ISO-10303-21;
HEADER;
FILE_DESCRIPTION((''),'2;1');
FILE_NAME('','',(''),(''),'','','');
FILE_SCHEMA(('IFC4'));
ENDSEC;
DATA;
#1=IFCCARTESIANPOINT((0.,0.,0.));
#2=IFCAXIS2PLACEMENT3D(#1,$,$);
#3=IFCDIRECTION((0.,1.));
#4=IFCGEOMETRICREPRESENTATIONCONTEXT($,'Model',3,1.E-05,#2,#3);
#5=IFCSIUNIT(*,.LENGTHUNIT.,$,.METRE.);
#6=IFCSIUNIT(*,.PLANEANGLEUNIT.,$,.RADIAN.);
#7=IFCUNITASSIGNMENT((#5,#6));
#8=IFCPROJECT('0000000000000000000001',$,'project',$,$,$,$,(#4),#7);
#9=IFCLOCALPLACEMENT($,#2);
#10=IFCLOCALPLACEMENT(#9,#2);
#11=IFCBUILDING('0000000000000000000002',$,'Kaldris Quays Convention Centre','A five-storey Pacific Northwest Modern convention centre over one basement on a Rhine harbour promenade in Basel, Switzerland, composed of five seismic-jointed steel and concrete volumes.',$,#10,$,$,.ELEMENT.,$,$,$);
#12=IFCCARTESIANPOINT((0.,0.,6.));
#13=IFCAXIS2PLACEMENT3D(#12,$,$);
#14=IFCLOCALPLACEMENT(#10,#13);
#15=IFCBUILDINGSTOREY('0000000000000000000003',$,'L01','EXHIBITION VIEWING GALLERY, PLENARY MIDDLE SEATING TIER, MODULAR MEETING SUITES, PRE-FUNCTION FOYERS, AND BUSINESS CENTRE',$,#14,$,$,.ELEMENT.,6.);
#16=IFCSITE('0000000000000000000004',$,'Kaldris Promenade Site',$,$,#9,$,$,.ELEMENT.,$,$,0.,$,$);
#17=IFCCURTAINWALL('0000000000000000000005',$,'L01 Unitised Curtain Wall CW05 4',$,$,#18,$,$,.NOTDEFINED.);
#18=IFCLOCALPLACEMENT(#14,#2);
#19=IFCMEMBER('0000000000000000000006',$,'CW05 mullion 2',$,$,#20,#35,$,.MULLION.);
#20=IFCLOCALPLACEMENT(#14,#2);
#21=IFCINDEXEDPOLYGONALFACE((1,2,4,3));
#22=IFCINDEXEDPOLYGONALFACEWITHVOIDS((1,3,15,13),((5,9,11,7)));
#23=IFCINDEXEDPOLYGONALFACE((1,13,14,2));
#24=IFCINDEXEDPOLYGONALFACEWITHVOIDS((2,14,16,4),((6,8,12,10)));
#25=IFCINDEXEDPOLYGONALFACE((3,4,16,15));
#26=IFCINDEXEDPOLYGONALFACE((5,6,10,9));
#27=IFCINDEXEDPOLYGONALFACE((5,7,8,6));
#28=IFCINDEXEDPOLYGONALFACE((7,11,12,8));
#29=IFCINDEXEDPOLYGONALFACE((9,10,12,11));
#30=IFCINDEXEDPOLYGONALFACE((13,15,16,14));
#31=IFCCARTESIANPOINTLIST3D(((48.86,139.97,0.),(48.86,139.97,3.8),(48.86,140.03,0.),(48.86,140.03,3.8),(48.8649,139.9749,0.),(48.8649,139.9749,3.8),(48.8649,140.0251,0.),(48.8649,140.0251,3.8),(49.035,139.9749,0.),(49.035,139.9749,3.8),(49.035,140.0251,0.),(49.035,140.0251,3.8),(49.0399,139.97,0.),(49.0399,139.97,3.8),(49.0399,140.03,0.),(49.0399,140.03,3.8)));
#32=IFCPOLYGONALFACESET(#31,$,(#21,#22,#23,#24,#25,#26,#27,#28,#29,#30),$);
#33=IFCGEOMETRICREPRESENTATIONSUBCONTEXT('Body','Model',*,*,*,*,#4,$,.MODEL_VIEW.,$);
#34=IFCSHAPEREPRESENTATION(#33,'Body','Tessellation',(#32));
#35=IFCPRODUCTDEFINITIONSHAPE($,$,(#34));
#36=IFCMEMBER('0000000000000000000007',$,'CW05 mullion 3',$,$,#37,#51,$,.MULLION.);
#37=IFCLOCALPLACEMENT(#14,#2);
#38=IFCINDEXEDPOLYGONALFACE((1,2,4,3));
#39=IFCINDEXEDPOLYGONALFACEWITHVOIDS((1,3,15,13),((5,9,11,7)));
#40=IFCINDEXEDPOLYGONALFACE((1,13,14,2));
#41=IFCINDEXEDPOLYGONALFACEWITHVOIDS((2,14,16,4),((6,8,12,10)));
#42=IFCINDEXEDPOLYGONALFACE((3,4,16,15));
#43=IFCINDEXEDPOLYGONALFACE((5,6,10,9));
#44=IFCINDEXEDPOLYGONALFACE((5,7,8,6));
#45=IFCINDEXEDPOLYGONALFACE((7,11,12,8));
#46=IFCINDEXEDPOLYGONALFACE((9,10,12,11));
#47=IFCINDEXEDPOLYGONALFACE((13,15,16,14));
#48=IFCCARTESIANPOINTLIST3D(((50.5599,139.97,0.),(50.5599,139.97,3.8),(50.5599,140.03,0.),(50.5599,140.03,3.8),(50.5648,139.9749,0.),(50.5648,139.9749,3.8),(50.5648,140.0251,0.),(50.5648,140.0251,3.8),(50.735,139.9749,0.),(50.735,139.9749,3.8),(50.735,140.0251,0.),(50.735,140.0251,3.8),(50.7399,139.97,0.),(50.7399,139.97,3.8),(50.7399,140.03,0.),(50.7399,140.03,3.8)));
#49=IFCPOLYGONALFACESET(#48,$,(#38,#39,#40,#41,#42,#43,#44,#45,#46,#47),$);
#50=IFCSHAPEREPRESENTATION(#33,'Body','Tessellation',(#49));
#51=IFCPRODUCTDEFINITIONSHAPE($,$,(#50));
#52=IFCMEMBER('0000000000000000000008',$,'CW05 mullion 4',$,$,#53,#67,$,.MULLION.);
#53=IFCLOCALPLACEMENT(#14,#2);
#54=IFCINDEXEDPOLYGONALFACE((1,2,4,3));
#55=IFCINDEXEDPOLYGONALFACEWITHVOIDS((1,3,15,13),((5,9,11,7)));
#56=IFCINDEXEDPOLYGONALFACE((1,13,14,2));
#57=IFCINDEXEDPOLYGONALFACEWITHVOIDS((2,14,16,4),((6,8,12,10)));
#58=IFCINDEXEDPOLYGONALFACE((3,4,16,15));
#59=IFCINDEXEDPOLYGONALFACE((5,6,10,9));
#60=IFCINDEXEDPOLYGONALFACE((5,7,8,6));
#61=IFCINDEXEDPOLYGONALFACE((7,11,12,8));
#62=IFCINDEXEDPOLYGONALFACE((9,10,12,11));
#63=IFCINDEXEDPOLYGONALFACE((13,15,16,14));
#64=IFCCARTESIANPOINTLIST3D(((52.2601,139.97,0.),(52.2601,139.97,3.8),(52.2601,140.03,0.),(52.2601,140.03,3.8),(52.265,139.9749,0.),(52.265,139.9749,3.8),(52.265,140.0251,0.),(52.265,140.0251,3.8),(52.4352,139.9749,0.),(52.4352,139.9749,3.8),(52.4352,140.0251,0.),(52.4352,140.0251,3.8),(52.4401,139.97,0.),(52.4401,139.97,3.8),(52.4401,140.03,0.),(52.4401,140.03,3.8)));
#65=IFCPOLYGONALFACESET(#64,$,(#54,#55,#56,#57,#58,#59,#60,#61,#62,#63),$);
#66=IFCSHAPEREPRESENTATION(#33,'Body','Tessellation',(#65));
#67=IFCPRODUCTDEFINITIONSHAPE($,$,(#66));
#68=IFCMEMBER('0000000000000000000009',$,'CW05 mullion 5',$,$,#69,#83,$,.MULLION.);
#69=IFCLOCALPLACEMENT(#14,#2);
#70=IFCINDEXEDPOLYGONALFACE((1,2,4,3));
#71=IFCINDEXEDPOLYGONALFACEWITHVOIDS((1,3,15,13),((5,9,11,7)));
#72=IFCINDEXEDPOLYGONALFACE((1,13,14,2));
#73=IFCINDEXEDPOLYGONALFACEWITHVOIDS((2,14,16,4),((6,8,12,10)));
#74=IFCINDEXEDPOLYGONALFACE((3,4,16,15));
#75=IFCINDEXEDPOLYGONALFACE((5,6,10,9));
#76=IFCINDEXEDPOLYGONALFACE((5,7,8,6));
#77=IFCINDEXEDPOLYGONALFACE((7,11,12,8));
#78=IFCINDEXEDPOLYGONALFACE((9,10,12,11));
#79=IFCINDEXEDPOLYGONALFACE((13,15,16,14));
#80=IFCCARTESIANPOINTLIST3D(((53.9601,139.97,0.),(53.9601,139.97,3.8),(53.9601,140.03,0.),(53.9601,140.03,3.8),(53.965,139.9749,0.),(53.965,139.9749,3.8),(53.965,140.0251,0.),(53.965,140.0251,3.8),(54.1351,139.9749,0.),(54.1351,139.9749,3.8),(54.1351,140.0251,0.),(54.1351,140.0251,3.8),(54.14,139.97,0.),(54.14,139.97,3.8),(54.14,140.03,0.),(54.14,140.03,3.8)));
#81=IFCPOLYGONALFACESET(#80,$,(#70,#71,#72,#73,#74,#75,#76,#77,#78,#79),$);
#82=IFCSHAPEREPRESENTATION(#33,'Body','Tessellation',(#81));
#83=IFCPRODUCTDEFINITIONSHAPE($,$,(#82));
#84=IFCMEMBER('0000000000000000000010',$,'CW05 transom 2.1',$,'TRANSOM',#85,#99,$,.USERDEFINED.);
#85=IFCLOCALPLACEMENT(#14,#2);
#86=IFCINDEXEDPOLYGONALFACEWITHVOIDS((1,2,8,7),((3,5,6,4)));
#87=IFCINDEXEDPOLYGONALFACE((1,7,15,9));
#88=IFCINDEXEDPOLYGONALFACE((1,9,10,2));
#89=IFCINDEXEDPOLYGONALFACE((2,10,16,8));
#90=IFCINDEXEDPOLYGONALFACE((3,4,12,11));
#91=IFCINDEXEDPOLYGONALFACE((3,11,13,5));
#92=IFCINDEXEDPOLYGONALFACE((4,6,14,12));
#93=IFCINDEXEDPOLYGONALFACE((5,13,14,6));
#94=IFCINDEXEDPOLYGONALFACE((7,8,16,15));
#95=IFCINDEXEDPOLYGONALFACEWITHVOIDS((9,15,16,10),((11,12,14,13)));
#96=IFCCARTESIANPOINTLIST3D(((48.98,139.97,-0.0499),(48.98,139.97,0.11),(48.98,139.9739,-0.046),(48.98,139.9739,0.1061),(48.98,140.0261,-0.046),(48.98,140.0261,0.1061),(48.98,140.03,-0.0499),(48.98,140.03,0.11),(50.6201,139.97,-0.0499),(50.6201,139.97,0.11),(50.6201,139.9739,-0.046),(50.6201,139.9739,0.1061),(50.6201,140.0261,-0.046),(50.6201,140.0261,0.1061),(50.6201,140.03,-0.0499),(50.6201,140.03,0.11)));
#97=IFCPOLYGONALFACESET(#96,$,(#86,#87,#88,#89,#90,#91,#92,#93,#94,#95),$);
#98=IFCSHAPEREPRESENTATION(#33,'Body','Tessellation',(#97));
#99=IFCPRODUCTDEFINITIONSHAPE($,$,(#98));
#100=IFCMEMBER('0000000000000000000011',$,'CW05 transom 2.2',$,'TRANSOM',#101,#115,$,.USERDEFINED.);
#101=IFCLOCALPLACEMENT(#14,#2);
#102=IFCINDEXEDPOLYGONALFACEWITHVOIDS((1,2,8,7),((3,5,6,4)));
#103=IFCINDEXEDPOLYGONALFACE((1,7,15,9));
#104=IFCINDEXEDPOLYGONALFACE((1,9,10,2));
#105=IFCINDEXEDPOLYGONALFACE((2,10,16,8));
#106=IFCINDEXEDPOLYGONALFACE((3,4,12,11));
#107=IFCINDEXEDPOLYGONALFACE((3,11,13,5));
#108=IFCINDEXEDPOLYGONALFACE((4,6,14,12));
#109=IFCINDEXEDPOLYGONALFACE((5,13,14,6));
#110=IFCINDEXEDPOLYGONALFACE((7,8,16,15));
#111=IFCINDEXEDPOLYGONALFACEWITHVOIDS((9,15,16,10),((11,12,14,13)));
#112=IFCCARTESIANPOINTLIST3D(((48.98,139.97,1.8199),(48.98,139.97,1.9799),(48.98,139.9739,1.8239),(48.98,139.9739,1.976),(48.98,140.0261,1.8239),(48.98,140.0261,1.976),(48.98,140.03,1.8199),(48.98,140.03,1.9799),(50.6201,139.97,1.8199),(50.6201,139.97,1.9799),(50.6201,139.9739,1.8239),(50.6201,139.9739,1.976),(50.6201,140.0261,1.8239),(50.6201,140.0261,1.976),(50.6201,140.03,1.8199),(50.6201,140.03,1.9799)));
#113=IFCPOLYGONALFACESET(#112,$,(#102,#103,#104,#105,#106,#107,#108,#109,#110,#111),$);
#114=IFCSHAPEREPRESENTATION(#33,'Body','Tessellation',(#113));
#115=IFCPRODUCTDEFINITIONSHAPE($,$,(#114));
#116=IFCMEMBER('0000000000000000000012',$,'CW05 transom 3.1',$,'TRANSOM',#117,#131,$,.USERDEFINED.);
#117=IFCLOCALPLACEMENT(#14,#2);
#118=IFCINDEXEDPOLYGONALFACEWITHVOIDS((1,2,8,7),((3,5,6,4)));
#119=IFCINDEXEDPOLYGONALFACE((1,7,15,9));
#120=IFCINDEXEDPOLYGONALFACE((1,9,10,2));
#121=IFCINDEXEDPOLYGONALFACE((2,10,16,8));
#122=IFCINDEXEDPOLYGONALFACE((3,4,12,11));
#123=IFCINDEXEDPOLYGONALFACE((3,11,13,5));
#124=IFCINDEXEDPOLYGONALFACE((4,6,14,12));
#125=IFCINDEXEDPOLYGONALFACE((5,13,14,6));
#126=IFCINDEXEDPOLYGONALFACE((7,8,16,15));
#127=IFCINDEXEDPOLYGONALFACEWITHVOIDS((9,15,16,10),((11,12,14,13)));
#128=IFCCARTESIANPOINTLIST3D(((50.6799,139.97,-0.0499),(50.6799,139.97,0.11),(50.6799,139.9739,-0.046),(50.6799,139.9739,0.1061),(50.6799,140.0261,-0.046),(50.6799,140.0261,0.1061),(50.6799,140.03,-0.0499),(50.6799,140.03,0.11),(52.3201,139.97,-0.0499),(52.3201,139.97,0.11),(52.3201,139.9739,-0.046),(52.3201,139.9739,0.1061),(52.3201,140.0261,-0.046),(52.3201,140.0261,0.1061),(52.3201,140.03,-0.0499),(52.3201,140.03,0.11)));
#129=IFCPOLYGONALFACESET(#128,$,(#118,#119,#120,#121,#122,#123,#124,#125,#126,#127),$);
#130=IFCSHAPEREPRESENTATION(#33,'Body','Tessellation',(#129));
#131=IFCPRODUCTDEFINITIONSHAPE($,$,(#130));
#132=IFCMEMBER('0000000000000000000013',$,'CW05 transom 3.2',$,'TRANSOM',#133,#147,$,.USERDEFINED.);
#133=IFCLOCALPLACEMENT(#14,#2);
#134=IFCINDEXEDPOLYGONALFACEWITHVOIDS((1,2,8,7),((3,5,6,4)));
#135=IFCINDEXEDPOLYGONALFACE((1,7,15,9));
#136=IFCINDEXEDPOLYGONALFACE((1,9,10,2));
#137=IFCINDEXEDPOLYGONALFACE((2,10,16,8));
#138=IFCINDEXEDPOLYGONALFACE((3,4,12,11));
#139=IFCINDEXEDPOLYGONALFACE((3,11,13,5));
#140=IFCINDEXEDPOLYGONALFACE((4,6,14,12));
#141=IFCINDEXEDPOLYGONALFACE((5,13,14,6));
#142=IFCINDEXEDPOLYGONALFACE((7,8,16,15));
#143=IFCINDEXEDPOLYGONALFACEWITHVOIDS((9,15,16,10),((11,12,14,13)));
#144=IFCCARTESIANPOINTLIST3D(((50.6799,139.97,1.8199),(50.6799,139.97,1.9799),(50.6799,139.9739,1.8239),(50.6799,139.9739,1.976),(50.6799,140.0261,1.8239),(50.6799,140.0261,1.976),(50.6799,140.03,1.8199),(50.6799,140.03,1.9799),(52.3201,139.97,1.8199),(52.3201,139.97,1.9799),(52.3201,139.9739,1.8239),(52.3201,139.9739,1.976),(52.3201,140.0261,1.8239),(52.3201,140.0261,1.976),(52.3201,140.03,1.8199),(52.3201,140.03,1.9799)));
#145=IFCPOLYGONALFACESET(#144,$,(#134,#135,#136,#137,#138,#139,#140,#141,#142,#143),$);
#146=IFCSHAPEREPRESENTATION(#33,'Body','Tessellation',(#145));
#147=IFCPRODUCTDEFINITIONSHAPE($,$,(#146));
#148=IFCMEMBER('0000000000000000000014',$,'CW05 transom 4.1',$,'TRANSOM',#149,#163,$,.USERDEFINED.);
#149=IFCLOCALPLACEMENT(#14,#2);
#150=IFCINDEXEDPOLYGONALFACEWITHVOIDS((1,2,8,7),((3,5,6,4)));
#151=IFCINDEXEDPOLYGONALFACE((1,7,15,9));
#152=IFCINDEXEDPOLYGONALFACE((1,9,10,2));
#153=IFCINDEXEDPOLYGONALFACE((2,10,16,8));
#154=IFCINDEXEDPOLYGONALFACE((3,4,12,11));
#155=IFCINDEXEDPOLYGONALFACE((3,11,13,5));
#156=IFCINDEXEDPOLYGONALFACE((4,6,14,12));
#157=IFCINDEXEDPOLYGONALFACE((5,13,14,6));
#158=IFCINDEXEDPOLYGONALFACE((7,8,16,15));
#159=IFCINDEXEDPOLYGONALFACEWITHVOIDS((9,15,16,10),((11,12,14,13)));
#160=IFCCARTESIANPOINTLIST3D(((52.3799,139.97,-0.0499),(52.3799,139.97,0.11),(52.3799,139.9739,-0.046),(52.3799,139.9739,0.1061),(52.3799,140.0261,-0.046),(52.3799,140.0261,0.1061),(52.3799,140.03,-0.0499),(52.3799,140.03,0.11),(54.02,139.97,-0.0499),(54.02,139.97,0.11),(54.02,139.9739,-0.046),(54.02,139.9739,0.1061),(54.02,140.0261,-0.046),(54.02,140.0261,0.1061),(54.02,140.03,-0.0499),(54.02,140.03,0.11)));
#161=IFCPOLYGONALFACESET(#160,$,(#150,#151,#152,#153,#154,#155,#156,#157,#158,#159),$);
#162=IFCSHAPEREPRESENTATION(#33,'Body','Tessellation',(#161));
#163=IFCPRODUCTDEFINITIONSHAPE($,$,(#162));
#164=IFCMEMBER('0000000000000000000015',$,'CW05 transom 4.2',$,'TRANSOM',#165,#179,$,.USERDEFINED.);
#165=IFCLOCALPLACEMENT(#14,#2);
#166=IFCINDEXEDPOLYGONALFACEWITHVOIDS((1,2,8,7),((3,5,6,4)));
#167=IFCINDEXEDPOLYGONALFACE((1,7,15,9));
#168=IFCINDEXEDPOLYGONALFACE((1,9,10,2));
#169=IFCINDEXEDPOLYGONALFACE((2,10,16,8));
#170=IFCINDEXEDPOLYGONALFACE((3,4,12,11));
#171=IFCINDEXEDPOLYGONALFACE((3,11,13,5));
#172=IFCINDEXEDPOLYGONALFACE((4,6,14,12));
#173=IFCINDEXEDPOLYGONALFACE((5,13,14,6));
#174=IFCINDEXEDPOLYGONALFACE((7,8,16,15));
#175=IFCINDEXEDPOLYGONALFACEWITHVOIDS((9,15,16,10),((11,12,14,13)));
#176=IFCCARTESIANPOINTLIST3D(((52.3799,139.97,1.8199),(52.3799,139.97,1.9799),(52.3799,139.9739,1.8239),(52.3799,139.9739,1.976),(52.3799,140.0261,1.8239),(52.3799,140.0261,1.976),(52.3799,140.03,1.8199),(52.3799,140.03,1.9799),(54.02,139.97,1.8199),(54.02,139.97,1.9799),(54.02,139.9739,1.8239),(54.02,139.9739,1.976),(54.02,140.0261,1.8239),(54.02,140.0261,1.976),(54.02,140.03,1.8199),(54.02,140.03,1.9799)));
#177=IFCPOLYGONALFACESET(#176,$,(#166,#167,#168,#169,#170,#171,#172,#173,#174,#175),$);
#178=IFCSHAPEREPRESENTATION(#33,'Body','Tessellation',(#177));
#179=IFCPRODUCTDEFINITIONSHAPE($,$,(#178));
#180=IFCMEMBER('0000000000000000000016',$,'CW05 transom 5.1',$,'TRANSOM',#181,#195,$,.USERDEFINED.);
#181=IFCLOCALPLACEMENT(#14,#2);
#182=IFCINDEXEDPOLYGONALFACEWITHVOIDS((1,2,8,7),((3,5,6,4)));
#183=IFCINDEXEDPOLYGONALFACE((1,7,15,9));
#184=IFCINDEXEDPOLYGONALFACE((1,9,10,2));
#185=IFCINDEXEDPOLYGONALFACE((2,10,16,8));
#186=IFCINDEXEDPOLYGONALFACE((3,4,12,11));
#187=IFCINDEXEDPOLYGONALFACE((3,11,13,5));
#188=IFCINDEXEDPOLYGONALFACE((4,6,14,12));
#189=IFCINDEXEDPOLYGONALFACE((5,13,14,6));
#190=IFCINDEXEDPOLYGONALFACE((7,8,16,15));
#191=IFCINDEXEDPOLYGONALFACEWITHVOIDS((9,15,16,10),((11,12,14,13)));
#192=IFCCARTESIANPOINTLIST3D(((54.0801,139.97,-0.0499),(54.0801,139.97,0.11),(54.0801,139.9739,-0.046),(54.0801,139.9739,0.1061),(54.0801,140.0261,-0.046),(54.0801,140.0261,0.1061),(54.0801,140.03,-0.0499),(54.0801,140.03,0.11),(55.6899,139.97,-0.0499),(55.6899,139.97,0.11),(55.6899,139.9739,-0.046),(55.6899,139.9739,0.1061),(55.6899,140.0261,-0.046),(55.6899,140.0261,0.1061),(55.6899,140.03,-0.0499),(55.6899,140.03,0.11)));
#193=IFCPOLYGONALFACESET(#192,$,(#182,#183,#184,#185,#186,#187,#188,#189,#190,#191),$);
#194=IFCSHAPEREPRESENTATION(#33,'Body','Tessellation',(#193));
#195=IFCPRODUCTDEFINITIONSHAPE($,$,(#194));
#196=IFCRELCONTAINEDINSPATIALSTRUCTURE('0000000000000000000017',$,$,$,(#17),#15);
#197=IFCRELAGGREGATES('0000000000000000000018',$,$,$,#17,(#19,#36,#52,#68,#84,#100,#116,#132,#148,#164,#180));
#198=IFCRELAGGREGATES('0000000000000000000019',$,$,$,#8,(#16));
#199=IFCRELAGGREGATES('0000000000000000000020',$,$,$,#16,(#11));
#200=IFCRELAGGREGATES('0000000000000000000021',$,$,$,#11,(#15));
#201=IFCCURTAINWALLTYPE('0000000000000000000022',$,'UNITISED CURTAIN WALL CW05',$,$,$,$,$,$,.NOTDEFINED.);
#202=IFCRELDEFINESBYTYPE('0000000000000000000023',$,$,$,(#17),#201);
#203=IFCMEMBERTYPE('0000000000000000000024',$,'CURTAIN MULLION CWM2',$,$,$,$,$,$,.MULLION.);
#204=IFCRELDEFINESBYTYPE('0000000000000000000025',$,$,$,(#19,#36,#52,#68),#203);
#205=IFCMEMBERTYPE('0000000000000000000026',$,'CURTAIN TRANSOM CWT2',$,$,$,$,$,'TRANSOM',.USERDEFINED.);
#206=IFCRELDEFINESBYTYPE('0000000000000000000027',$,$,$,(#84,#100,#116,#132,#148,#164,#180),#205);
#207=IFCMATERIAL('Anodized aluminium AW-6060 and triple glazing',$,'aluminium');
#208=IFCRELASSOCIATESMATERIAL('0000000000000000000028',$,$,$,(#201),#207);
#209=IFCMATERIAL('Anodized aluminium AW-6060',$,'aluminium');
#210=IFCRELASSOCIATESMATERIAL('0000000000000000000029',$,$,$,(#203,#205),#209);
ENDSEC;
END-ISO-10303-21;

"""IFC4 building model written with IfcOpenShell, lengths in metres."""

from ifc_helpers import new_model, si_unit, direction, frame, origin, origin_2d, place, context, subcontext, project, spatial, hollow_rectangle, extrude, material, material_profile, profile_set, type_object, element, aggregate, save


model = new_model("IFC4")

# Units and contexts
model_context = context("Model", 3, precision=1e-05, world=origin(), true_north=direction((0.0, 1.0)))
body_context = subcontext(model_context, "Body", "Model", "MODEL_VIEW")
ifc_project = project(units=[si_unit("LENGTHUNIT", "METRE"), si_unit("PLANEANGLEUNIT", "RADIAN")], contexts=[model_context])

# Site, building, storey
site_placement = place(None, origin())
site = spatial("IfcSite", under=ifc_project, at=site_placement, Name="Kaldris Promenade Site", CompositionType="ELEMENT", RefElevation=0.0)
building_placement = place(site_placement, origin())
building = spatial("IfcBuilding", under=site, at=building_placement, Name="Kaldris Quays Convention Centre", Description="A five-storey Pacific Northwest Modern convention centre over one basement on a Rhine harbour promenade in Basel, Switzerland, composed of five seismic-jointed steel and concrete volumes.", CompositionType="ELEMENT")
storey_placement = place(building_placement, frame((0.0, 0.0, 6.0)))
storey = spatial("IfcBuildingStorey", under=building, at=storey_placement, Name="L01", Description="EXHIBITION VIEWING GALLERY, PLENARY MIDDLE SEATING TIER, MODULAR MEETING SUITES, PRE-FUNCTION FOYERS, AND BUSINESS CENTRE", CompositionType="ELEMENT", Elevation=6.0)

# Curtain wall, members
ifc_material_1 = material(Name="Anodized aluminium AW-6060 and triple glazing", Category="aluminium")
curtain_wall_type = type_object("IfcCurtainWallType", Name="UNITISED CURTAIN WALL CW05", PredefinedType="NOTDEFINED", material=ifc_material_1)
curtain_wall_placement = place(storey_placement, origin())
curtain_wall = element("IfcCurtainWall", 1, at=curtain_wall_placement, inside=storey, type_object=curtain_wall_type, Name="L01 Unitised Curtain Wall CW05 4", PredefinedType="NOTDEFINED")
ifc_material_2 = material(Name="Anodized aluminium AW-6060", Category="aluminium")
ifc_material_profile_1 = material_profile(ifc_material_2, hollow_rectangle(XDim=0.0601, YDim=0.1799, WallThickness=0.0049, at=origin_2d()), Name="RHS 180x60x5")
ifc_profile_set_1 = profile_set([ifc_material_profile_1], Name="Anodized aluminium AW-6060")
member_type_1 = type_object("IfcMemberType", Name="CURTAIN MULLION CWM2", PredefinedType="MULLION", material=ifc_profile_set_1)
member_1_placement = place(storey_placement, frame((48.95, 140.0, 0.0), z_axis=(0.0, 0.0, 1.0), x_axis=(0.0, 1.0, 0.0)))
member_1 = element("IfcMember", 2, at=member_1_placement, type_object=member_type_1, Name="CW05 mullion 2", PredefinedType="MULLION", context=body_context, shape_type="SweptSolid", body=[
    extrude(hollow_rectangle(XDim=0.0601, YDim=0.1799, WallThickness=0.0049, at=origin_2d()), origin(), (0.0, 0.0, 1.0), 3.8),
])
member_2_placement = place(storey_placement, frame((50.6499, 140.0, 0.0), z_axis=(0.0, 0.0, 1.0), x_axis=(0.0, 1.0, 0.0)))
member_2 = element("IfcMember", 3, at=member_2_placement, type_object=member_type_1, Name="CW05 mullion 3", PredefinedType="MULLION", context=body_context, shape_type="SweptSolid", body=[
    extrude(hollow_rectangle(XDim=0.0601, YDim=0.1799, WallThickness=0.0049, at=origin_2d()), origin(), (0.0, 0.0, 1.0), 3.8),
])
member_3_placement = place(storey_placement, frame((52.3501, 140.0, 0.0), z_axis=(0.0, 0.0, 1.0), x_axis=(0.0, 1.0, 0.0)))
member_3 = element("IfcMember", 4, at=member_3_placement, type_object=member_type_1, Name="CW05 mullion 4", PredefinedType="MULLION", context=body_context, shape_type="SweptSolid", body=[
    extrude(hollow_rectangle(XDim=0.0601, YDim=0.1799, WallThickness=0.0049, at=origin_2d()), origin(), (0.0, 0.0, 1.0), 3.8),
])
member_4_placement = place(storey_placement, frame((54.05, 140.0, 0.0), z_axis=(0.0, 0.0, 1.0), x_axis=(0.0, 1.0, 0.0)))
member_4 = element("IfcMember", 5, at=member_4_placement, type_object=member_type_1, Name="CW05 mullion 5", PredefinedType="MULLION", context=body_context, shape_type="SweptSolid", body=[
    extrude(hollow_rectangle(XDim=0.0601, YDim=0.1799, WallThickness=0.0049, at=origin_2d()), origin(), (0.0, 0.0, 1.0), 3.8),
])
ifc_material_profile_2 = material_profile(ifc_material_2, hollow_rectangle(XDim=0.0601, YDim=0.1599, WallThickness=0.0039, at=origin_2d()), Name="RHS 160x60x4")
ifc_profile_set_2 = profile_set([ifc_material_profile_2], Name="Anodized aluminium AW-6060")
member_type_2 = type_object("IfcMemberType", Name="CURTAIN TRANSOM CWT2", ElementType="TRANSOM", PredefinedType="USERDEFINED", material=ifc_profile_set_2)
member_5_placement = place(storey_placement, frame((48.98, 140.0, 0.03), z_axis=(1.0, 0.0, 0.0), x_axis=(0.0, 1.0, 0.0)))
member_5 = element("IfcMember", 6, at=member_5_placement, type_object=member_type_2, Name="CW05 transom 2.1", ObjectType="TRANSOM", PredefinedType="USERDEFINED", context=body_context, shape_type="SweptSolid", body=[
    extrude(hollow_rectangle(XDim=0.0601, YDim=0.1599, WallThickness=0.0039, at=origin_2d()), origin(), (0.0, 0.0, 1.0), 1.6401),
])
member_6_placement = place(storey_placement, frame((48.98, 140.0, 1.8999), z_axis=(1.0, 0.0, 0.0), x_axis=(0.0, 1.0, 0.0)))
member_6 = element("IfcMember", 7, at=member_6_placement, type_object=member_type_2, Name="CW05 transom 2.2", ObjectType="TRANSOM", PredefinedType="USERDEFINED", context=body_context, shape_type="SweptSolid", body=[
    extrude(hollow_rectangle(XDim=0.0601, YDim=0.1599, WallThickness=0.0039, at=origin_2d()), origin(), (0.0, 0.0, 1.0), 1.6401),
])
member_7_placement = place(storey_placement, frame((50.6799, 140.0, 0.03), z_axis=(1.0, 0.0, 0.0), x_axis=(0.0, 1.0, 0.0)))
member_7 = element("IfcMember", 8, at=member_7_placement, type_object=member_type_2, Name="CW05 transom 3.1", ObjectType="TRANSOM", PredefinedType="USERDEFINED", context=body_context, shape_type="SweptSolid", body=[
    extrude(hollow_rectangle(XDim=0.0601, YDim=0.1599, WallThickness=0.0039, at=origin_2d()), origin(), (0.0, 0.0, 1.0), 1.6401),
])
member_8_placement = place(storey_placement, frame((50.6799, 140.0, 1.8999), z_axis=(1.0, 0.0, 0.0), x_axis=(0.0, 1.0, 0.0)))
member_8 = element("IfcMember", 9, at=member_8_placement, type_object=member_type_2, Name="CW05 transom 3.2", ObjectType="TRANSOM", PredefinedType="USERDEFINED", context=body_context, shape_type="SweptSolid", body=[
    extrude(hollow_rectangle(XDim=0.0601, YDim=0.1599, WallThickness=0.0039, at=origin_2d()), origin(), (0.0, 0.0, 1.0), 1.6401),
])
member_9_placement = place(storey_placement, frame((52.3799, 140.0, 0.03), z_axis=(1.0, 0.0, 0.0), x_axis=(0.0, 1.0, 0.0)))
member_9 = element("IfcMember", 10, at=member_9_placement, type_object=member_type_2, Name="CW05 transom 4.1", ObjectType="TRANSOM", PredefinedType="USERDEFINED", context=body_context, shape_type="SweptSolid", body=[
    extrude(hollow_rectangle(XDim=0.0601, YDim=0.1599, WallThickness=0.0039, at=origin_2d()), origin(), (0.0, 0.0, 1.0), 1.6401),
])
member_10_placement = place(storey_placement, frame((52.3799, 140.0, 1.8999), z_axis=(1.0, 0.0, 0.0), x_axis=(0.0, 1.0, 0.0)))
member_10 = element("IfcMember", 11, at=member_10_placement, type_object=member_type_2, Name="CW05 transom 4.2", ObjectType="TRANSOM", PredefinedType="USERDEFINED", context=body_context, shape_type="SweptSolid", body=[
    extrude(hollow_rectangle(XDim=0.0601, YDim=0.1599, WallThickness=0.0039, at=origin_2d()), origin(), (0.0, 0.0, 1.0), 1.6401),
])
member_11_placement = place(storey_placement, frame((54.0801, 140.0, 0.03), z_axis=(1.0, 0.0, 0.0), x_axis=(0.0, 1.0, 0.0)))
member_11 = element("IfcMember", 12, at=member_11_placement, type_object=member_type_2, Name="CW05 transom 5.1", ObjectType="TRANSOM", PredefinedType="USERDEFINED", context=body_context, shape_type="SweptSolid", body=[
    extrude(hollow_rectangle(XDim=0.0601, YDim=0.1599, WallThickness=0.0039, at=origin_2d()), origin(), (0.0, 0.0, 1.0), 1.6099),
])
aggregate(curtain_wall, [member_1, member_2, member_3, member_4, member_5, member_6, member_7, member_8, member_9, member_10, member_11])

save(model, "model.ifc")
